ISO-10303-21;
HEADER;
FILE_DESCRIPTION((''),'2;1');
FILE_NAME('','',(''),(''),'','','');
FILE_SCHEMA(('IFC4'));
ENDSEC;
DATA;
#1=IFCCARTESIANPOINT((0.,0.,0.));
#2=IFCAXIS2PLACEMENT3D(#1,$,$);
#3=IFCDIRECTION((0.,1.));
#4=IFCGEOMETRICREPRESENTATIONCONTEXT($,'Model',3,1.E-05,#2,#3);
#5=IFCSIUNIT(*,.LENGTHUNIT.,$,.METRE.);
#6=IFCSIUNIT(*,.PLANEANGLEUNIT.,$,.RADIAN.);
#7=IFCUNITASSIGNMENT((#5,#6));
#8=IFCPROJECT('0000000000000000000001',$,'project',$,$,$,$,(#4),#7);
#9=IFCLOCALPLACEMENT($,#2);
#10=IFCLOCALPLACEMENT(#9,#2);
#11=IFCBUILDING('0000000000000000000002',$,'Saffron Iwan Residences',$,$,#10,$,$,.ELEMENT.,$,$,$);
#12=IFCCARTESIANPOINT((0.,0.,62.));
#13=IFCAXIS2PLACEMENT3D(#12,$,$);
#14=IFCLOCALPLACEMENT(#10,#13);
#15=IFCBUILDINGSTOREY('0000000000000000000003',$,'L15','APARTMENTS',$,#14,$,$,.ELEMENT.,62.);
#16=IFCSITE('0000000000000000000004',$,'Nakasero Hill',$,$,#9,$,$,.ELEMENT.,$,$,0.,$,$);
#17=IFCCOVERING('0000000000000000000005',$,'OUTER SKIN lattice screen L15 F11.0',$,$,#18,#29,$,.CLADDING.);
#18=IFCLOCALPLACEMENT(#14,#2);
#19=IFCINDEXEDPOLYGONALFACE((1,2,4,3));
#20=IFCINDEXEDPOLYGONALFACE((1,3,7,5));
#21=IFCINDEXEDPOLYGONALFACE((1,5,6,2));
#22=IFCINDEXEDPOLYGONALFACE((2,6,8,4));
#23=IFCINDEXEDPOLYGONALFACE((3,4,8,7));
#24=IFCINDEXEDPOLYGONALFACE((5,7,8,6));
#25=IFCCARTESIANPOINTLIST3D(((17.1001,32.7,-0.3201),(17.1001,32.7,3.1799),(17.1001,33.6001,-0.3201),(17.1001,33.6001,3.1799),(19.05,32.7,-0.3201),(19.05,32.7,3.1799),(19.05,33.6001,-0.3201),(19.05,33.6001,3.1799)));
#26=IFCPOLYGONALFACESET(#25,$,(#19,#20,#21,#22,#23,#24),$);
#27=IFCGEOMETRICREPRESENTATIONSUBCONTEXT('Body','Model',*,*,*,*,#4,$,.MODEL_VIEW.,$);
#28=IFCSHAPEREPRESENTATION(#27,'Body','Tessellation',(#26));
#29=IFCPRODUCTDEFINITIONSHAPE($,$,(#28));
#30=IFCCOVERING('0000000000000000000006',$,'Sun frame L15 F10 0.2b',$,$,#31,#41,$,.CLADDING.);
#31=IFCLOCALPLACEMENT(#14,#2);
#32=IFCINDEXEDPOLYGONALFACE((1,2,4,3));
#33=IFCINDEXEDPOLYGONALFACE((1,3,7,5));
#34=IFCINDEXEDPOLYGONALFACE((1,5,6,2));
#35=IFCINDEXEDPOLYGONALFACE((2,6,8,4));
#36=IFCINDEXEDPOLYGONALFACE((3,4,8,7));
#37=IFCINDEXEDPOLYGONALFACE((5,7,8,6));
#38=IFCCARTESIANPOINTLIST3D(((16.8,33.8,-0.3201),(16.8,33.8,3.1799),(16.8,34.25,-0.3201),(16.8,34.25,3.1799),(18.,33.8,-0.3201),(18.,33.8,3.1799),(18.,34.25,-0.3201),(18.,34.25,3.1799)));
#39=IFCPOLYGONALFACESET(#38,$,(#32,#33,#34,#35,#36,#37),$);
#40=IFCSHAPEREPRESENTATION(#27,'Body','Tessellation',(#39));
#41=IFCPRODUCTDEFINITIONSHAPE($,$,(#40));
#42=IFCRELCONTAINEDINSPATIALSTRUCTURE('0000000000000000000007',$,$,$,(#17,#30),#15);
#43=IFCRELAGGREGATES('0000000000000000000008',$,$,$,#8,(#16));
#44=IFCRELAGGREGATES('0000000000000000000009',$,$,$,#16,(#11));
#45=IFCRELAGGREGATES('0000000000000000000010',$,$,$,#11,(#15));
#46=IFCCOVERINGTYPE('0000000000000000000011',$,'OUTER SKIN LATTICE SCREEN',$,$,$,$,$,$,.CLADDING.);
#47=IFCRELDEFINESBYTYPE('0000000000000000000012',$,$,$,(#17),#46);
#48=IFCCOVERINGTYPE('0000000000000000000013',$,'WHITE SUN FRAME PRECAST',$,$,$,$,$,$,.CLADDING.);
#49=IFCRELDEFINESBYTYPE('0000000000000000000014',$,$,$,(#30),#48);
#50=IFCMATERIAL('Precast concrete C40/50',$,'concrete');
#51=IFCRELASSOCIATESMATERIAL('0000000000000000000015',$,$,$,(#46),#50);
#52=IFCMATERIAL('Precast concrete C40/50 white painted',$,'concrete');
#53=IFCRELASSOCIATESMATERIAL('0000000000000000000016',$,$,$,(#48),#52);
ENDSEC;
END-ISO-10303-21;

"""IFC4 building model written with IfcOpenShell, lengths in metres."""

from ifc_helpers import new_model, si_unit, direction, frame, origin, place, context, subcontext, project, spatial, polyline, outline, extrude, material, type_object, element, save


model = new_model("IFC4")

# Units and contexts
model_context = context("Model", 3, precision=1e-05, world=origin(), true_north=direction((0.0, 1.0)))
body_context = subcontext(model_context, "Body", "Model", "MODEL_VIEW")
ifc_project = project(units=[si_unit("LENGTHUNIT", "METRE"), si_unit("PLANEANGLEUNIT", "RADIAN")], contexts=[model_context])

# Site, building, storey
site_placement = place(None, origin())
site = spatial("IfcSite", under=ifc_project, at=site_placement, Name="Nakasero Hill", CompositionType="ELEMENT", RefElevation=0.0)
building_placement = place(site_placement, origin())
building = spatial("IfcBuilding", under=site, at=building_placement, Name="Saffron Iwan Residences", CompositionType="ELEMENT")
storey_placement = place(building_placement, frame((0.0, 0.0, 62.0)))
storey = spatial("IfcBuildingStorey", under=building, at=storey_placement, Name="L15", Description="APARTMENTS", CompositionType="ELEMENT", Elevation=62.0)

# Coverings
ifc_material_1 = material(Name="Precast concrete C40/50", Category="concrete")
covering_type_1 = type_object("IfcCoveringType", Name="OUTER SKIN LATTICE SCREEN", PredefinedType="CLADDING", material=ifc_material_1)
covering_1_placement = place(storey_placement, frame((17.1001, 33.6001, -0.3201), z_axis=(0.0, -1.0, 0.0), x_axis=(1.0, 0.0, 0.0)))
element("IfcCovering", 1, at=covering_1_placement, inside=storey, type_object=covering_type_1, Name="OUTER SKIN lattice screen L15 F11.0", PredefinedType="CLADDING", context=body_context, shape_type="SweptSolid", body=[
    extrude(outline(polyline([(0.0, 0.0), (1.95, 0.0), (1.95, 3.5), (0.0, 3.5), (0.0, 0.0)])), origin(), (0.0, 0.0, 1.0), 0.9001),
])
ifc_material_2 = material(Name="Precast concrete C40/50 white painted", Category="concrete")
covering_type_2 = type_object("IfcCoveringType", Name="WHITE SUN FRAME PRECAST", PredefinedType="CLADDING", material=ifc_material_2)
covering_2_placement = place(storey_placement, frame((18.0, 34.25, -0.3201), z_axis=(-1.0, 0.0, 0.0), x_axis=(0.0, -1.0, 0.0)))
element("IfcCovering", 2, at=covering_2_placement, inside=storey, type_object=covering_type_2, Name="Sun frame L15 F10 0.2b", PredefinedType="CLADDING", context=body_context, shape_type="SweptSolid", body=[
    extrude(outline(polyline([(0.0, 0.0), (0.45, 0.0), (0.45, 3.5), (0.0, 3.5), (0.0, 0.0)])), origin(), (0.0, 0.0, 1.0), 1.2),
])

save(model, "model.ifc")
